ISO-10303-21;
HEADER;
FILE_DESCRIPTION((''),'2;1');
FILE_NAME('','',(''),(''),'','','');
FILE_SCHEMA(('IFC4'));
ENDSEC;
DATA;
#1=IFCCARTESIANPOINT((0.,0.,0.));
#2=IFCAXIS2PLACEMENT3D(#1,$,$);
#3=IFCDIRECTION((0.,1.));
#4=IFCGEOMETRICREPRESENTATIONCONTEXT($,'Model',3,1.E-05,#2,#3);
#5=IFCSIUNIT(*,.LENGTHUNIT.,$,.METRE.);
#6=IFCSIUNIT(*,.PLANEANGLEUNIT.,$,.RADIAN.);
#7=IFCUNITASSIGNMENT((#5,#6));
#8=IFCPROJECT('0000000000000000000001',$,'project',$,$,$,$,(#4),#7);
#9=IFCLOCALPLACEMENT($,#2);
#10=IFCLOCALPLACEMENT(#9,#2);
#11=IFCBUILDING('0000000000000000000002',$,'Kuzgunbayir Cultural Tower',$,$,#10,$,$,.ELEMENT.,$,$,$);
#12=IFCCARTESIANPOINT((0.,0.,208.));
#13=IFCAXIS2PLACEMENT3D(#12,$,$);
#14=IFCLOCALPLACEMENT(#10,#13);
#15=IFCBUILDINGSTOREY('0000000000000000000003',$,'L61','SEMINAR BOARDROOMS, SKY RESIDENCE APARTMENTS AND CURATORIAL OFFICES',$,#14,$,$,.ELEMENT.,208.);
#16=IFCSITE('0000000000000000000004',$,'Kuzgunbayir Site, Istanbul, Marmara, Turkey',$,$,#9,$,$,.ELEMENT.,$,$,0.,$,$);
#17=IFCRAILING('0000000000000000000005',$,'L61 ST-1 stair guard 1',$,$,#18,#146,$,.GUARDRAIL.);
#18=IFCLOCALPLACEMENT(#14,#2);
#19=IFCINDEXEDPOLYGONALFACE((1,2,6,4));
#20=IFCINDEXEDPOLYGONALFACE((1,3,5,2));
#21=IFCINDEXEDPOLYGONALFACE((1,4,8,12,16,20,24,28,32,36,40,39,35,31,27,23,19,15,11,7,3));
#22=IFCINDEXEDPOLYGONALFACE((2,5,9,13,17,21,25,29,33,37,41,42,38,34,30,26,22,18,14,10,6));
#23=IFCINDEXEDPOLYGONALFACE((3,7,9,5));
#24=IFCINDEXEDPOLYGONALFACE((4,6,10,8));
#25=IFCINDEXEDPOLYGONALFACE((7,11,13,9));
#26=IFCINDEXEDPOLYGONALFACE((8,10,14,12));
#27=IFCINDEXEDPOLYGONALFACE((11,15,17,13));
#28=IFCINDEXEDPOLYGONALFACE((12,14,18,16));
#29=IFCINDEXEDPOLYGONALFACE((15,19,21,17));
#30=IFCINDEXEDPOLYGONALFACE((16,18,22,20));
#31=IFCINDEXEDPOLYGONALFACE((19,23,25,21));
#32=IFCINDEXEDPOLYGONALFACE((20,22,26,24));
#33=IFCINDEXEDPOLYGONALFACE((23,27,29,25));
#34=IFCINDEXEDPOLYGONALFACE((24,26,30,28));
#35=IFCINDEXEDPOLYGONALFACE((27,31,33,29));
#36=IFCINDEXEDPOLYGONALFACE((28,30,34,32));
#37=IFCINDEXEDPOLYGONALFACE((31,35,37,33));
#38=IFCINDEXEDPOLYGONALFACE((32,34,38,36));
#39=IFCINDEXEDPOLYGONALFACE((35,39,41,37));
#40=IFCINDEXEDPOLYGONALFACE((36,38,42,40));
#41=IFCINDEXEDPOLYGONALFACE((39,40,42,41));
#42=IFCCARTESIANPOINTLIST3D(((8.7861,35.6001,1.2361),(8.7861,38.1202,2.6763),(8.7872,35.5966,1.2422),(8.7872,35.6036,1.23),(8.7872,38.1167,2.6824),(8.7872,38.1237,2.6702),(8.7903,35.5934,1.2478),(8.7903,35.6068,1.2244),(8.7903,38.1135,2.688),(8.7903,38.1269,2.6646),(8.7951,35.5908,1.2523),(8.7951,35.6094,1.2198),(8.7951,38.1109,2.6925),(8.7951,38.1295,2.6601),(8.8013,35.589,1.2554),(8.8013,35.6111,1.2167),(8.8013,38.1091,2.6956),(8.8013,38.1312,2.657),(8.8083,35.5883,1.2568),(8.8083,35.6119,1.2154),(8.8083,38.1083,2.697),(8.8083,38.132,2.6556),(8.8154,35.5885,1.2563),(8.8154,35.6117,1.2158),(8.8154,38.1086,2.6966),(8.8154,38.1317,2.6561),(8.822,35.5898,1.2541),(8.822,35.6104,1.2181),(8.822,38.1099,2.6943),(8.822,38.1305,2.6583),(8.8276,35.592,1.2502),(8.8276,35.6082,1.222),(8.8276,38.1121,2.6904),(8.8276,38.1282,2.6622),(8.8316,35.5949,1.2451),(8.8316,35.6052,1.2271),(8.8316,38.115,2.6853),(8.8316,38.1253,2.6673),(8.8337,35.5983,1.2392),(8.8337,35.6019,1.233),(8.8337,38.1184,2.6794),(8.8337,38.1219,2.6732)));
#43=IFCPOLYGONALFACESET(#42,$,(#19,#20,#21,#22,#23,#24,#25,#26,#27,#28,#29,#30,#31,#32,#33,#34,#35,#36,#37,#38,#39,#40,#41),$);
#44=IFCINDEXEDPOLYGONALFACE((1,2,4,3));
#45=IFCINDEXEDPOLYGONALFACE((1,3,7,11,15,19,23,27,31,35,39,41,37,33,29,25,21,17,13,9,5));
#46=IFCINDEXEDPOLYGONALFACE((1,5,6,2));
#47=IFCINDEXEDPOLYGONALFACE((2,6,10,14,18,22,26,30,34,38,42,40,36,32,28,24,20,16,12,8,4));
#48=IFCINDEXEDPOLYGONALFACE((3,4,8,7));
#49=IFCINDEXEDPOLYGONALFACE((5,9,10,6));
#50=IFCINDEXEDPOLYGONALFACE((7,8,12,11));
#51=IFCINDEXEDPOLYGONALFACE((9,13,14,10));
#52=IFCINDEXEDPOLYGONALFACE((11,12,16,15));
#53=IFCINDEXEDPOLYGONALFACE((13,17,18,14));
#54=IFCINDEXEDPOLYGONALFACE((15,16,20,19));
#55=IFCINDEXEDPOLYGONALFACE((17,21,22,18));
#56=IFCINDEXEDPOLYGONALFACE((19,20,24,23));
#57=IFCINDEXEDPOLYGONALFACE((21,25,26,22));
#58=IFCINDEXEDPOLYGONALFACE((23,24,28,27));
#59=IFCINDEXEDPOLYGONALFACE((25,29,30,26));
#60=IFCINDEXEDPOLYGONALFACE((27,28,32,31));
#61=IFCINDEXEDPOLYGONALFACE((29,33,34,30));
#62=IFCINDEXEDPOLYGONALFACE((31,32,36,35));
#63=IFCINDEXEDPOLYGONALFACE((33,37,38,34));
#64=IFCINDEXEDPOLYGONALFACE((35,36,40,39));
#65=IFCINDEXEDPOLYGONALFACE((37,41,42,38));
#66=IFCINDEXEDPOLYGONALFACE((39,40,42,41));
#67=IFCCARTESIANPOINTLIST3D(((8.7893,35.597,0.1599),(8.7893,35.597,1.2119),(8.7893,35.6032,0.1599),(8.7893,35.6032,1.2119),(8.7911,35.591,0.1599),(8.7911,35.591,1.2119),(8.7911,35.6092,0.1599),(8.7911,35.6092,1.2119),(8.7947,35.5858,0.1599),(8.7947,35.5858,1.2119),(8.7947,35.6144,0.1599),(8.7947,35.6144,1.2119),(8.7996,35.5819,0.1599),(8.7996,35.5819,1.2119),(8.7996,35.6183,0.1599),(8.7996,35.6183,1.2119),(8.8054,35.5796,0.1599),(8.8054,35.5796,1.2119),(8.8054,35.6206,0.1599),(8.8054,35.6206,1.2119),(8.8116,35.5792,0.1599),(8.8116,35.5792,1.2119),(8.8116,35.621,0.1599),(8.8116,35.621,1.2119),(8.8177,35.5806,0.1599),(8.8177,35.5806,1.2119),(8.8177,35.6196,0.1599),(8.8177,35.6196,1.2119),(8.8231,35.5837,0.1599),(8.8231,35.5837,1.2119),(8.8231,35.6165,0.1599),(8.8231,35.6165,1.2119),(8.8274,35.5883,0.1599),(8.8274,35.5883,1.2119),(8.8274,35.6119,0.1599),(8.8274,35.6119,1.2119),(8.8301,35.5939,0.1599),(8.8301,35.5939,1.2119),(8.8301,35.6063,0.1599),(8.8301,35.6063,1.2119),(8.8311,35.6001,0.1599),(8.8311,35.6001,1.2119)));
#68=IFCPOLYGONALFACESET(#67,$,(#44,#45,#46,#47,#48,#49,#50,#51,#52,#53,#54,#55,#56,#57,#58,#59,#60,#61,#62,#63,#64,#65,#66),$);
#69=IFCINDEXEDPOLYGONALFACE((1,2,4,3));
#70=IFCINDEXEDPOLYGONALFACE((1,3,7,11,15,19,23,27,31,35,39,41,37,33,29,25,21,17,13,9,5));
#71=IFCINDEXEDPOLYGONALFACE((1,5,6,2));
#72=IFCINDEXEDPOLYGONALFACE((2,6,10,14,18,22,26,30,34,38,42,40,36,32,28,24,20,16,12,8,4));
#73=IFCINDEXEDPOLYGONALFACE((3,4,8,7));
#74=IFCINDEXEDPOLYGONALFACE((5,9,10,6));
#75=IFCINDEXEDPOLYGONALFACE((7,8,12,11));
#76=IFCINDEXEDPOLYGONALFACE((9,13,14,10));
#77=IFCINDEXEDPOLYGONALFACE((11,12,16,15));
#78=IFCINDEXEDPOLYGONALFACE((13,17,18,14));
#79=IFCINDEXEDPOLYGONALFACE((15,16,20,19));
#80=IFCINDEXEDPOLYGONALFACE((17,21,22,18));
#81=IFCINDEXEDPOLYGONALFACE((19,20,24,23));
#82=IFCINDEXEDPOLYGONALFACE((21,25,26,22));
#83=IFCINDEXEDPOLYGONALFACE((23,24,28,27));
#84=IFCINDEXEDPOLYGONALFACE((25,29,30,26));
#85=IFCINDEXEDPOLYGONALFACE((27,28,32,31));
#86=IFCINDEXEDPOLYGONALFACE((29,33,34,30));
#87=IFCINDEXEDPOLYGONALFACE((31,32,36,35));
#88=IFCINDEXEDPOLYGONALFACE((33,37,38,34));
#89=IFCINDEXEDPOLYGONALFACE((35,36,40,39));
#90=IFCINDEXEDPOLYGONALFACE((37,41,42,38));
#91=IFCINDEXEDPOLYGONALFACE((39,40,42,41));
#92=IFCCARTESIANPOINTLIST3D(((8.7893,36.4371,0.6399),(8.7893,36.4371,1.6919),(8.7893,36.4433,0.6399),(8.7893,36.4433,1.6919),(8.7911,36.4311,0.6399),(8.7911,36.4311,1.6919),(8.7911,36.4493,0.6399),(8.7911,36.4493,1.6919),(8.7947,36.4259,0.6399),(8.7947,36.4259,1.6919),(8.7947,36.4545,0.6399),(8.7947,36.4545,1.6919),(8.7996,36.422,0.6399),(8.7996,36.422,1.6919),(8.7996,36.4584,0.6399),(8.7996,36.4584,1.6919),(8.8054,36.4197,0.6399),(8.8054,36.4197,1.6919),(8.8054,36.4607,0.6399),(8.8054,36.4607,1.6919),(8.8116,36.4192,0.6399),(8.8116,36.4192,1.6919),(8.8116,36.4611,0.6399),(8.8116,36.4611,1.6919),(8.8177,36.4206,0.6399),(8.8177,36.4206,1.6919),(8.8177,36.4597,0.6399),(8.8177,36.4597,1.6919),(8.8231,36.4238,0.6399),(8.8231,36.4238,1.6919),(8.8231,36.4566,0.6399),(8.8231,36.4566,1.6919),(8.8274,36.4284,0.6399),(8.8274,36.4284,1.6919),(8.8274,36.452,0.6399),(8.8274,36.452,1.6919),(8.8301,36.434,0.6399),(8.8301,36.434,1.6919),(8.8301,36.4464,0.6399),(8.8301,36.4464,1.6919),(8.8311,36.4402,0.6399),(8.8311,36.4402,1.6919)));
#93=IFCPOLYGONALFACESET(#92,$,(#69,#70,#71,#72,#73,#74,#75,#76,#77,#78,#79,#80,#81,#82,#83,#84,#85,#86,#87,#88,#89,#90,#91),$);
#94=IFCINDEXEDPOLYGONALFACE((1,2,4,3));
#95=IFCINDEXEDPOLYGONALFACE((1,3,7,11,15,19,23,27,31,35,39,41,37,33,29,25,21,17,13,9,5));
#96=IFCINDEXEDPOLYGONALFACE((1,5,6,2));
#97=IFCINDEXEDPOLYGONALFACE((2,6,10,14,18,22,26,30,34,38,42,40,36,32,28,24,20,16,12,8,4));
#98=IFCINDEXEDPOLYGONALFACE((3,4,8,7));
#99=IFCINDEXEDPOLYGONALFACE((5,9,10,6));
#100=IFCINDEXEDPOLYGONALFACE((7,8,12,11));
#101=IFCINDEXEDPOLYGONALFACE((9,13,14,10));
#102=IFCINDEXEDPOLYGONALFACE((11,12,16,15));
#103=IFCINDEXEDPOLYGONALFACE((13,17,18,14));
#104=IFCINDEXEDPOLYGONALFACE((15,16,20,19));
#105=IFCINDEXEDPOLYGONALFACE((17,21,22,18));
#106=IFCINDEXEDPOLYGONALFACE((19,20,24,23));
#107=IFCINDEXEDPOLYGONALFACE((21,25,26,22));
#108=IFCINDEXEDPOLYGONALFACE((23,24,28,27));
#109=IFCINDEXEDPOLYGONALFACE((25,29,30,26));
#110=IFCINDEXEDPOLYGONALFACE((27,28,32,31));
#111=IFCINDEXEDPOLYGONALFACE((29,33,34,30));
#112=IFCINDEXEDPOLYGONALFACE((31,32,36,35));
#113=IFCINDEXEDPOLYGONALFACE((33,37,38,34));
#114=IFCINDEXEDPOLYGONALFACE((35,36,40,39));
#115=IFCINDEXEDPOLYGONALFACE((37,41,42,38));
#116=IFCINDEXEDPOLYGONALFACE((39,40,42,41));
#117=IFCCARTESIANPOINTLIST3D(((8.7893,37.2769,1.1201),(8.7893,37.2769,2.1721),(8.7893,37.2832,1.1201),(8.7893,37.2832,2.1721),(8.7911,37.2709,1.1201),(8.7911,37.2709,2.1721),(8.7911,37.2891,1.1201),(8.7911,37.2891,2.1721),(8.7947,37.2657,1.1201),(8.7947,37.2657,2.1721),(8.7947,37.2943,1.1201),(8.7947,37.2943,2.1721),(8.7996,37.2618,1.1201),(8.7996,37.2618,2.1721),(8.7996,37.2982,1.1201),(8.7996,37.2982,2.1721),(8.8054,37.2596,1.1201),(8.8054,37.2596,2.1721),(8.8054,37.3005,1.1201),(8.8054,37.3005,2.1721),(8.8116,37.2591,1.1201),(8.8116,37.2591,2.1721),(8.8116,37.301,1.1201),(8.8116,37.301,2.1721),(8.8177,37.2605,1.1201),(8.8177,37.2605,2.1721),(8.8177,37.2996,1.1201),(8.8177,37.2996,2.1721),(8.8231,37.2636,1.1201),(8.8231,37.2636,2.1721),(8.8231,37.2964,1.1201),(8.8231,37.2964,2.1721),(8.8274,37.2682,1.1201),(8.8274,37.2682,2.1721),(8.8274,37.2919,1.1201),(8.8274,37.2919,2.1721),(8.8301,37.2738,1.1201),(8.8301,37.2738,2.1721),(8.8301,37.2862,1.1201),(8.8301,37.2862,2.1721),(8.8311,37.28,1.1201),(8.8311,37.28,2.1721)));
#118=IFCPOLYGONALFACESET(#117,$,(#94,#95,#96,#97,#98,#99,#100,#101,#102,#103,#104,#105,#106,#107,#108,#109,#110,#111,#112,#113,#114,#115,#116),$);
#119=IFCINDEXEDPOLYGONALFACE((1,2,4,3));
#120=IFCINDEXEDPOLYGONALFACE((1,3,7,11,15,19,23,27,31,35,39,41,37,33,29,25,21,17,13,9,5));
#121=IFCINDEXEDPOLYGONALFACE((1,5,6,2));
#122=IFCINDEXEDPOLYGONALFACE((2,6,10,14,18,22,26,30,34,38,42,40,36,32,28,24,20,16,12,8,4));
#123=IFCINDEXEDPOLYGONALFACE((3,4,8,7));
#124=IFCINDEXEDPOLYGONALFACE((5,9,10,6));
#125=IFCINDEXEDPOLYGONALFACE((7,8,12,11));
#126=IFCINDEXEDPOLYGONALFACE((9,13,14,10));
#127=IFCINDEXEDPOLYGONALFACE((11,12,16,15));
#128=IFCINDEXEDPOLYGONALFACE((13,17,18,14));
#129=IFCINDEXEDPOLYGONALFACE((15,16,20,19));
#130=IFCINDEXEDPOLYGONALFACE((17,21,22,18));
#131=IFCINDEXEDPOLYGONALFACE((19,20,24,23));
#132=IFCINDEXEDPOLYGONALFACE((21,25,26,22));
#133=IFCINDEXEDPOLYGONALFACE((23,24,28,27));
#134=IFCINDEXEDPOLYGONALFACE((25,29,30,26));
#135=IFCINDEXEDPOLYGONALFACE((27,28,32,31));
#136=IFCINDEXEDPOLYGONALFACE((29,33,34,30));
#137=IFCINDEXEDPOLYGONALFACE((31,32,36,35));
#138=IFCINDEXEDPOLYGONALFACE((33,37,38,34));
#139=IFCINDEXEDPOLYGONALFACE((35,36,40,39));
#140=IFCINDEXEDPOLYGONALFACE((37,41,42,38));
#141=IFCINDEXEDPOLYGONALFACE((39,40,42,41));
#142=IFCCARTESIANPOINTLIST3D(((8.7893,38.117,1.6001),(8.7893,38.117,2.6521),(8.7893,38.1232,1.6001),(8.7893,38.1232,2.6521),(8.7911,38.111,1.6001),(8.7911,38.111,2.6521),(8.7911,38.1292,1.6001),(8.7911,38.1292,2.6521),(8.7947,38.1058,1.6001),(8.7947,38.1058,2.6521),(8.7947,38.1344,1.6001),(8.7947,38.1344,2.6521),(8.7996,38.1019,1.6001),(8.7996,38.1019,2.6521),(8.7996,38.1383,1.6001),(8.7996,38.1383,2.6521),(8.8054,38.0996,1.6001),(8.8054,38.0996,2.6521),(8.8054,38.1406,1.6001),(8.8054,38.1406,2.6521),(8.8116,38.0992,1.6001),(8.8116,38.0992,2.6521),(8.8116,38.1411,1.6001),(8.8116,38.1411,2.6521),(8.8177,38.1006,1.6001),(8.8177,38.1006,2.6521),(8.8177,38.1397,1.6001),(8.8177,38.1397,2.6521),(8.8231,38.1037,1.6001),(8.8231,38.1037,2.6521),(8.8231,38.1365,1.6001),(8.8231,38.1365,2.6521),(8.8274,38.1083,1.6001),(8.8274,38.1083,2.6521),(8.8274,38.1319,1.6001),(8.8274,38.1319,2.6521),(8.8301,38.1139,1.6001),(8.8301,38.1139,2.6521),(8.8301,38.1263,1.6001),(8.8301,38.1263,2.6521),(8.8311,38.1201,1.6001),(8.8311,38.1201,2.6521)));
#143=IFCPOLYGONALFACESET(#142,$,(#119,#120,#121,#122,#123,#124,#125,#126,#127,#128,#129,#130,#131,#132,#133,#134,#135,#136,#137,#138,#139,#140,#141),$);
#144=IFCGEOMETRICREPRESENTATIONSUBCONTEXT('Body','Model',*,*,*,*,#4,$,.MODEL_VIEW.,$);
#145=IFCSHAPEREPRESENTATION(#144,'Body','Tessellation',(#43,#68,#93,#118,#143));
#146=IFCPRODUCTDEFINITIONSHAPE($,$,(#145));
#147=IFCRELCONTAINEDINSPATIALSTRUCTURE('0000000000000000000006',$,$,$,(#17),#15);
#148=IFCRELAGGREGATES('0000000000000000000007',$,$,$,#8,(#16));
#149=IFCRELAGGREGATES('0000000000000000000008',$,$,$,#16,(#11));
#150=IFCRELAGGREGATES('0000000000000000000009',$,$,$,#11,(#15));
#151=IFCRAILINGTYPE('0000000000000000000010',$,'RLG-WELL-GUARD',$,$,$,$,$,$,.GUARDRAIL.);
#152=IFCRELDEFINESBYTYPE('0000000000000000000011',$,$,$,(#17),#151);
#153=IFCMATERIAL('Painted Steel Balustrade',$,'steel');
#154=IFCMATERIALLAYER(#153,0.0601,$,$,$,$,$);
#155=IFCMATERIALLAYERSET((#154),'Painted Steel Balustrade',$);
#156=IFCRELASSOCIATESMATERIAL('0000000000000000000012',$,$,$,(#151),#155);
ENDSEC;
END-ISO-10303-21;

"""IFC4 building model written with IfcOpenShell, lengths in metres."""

from ifc_helpers import new_model, si_unit, direction, frame, origin, origin_2d, place, context, subcontext, project, spatial, circle, extrude, material, layer, layer_set, type_object, element, save


model = new_model("IFC4")

# Units and contexts
model_context = context("Model", 3, precision=1e-05, world=origin(), true_north=direction((0.0, 1.0)))
body_context = subcontext(model_context, "Body", "Model", "MODEL_VIEW")
ifc_project = project(units=[si_unit("LENGTHUNIT", "METRE"), si_unit("PLANEANGLEUNIT", "RADIAN")], contexts=[model_context])

# Site, building, storey
site_placement = place(None, origin())
site = spatial("IfcSite", under=ifc_project, at=site_placement, Name="Kuzgunbayir Site, Istanbul, Marmara, Turkey", CompositionType="ELEMENT", RefElevation=0.0)
building_placement = place(site_placement, origin())
building = spatial("IfcBuilding", under=site, at=building_placement, Name="Kuzgunbayir Cultural Tower", CompositionType="ELEMENT")
storey_placement = place(building_placement, frame((0.0, 0.0, 208.0)))
storey = spatial("IfcBuildingStorey", under=building, at=storey_placement, Name="L61", Description="SEMINAR BOARDROOMS, SKY RESIDENCE APARTMENTS AND CURATORIAL OFFICES", CompositionType="ELEMENT", Elevation=208.0)

# Railing
ifc_material_1 = material(Name="Painted Steel Balustrade", Category="steel")
ifc_layer_1 = layer(ifc_material_1, 0.0601)
ifc_layer_set_1 = layer_set([ifc_layer_1], Name="Painted Steel Balustrade")
railing_type_1 = type_object("IfcRailingType", Name="RLG-WELL-GUARD", PredefinedType="GUARDRAIL", material=ifc_layer_set_1)
railing_1_placement = place(storey_placement, frame((8.8101, 35.6001, 0.1599)))
element("IfcRailing", 1, at=railing_1_placement, inside=storey, type_object=railing_type_1, Name="L61 ST-1 stair guard 1", PredefinedType="GUARDRAIL", context=body_context, shape_type="SweptSolid", body=[
    extrude(circle(Radius=0.0239, at=origin_2d()), frame((0.0, 0.0, 1.0762), z_axis=(0.0, 0.868217, 0.496184), x_axis=(-1.0, 0.0, 0.0)), (0.0, 0.0, 1.0), 2.9026),
    extrude(circle(Radius=0.021, at=origin_2d()), origin(), (0.0, 0.0, 1.0), 1.052),
    extrude(circle(Radius=0.021, at=origin_2d()), frame((0.0, 0.8401, 0.48)), (0.0, 0.0, 1.0), 1.052),
    extrude(circle(Radius=0.021, at=origin_2d()), frame((0.0, 1.6799, 0.9602)), (0.0, 0.0, 1.0), 1.052),
    extrude(circle(Radius=0.021, at=origin_2d()), frame((0.0, 2.52, 1.4402)), (0.0, 0.0, 1.0), 1.052),
])

save(model, "model.ifc")
